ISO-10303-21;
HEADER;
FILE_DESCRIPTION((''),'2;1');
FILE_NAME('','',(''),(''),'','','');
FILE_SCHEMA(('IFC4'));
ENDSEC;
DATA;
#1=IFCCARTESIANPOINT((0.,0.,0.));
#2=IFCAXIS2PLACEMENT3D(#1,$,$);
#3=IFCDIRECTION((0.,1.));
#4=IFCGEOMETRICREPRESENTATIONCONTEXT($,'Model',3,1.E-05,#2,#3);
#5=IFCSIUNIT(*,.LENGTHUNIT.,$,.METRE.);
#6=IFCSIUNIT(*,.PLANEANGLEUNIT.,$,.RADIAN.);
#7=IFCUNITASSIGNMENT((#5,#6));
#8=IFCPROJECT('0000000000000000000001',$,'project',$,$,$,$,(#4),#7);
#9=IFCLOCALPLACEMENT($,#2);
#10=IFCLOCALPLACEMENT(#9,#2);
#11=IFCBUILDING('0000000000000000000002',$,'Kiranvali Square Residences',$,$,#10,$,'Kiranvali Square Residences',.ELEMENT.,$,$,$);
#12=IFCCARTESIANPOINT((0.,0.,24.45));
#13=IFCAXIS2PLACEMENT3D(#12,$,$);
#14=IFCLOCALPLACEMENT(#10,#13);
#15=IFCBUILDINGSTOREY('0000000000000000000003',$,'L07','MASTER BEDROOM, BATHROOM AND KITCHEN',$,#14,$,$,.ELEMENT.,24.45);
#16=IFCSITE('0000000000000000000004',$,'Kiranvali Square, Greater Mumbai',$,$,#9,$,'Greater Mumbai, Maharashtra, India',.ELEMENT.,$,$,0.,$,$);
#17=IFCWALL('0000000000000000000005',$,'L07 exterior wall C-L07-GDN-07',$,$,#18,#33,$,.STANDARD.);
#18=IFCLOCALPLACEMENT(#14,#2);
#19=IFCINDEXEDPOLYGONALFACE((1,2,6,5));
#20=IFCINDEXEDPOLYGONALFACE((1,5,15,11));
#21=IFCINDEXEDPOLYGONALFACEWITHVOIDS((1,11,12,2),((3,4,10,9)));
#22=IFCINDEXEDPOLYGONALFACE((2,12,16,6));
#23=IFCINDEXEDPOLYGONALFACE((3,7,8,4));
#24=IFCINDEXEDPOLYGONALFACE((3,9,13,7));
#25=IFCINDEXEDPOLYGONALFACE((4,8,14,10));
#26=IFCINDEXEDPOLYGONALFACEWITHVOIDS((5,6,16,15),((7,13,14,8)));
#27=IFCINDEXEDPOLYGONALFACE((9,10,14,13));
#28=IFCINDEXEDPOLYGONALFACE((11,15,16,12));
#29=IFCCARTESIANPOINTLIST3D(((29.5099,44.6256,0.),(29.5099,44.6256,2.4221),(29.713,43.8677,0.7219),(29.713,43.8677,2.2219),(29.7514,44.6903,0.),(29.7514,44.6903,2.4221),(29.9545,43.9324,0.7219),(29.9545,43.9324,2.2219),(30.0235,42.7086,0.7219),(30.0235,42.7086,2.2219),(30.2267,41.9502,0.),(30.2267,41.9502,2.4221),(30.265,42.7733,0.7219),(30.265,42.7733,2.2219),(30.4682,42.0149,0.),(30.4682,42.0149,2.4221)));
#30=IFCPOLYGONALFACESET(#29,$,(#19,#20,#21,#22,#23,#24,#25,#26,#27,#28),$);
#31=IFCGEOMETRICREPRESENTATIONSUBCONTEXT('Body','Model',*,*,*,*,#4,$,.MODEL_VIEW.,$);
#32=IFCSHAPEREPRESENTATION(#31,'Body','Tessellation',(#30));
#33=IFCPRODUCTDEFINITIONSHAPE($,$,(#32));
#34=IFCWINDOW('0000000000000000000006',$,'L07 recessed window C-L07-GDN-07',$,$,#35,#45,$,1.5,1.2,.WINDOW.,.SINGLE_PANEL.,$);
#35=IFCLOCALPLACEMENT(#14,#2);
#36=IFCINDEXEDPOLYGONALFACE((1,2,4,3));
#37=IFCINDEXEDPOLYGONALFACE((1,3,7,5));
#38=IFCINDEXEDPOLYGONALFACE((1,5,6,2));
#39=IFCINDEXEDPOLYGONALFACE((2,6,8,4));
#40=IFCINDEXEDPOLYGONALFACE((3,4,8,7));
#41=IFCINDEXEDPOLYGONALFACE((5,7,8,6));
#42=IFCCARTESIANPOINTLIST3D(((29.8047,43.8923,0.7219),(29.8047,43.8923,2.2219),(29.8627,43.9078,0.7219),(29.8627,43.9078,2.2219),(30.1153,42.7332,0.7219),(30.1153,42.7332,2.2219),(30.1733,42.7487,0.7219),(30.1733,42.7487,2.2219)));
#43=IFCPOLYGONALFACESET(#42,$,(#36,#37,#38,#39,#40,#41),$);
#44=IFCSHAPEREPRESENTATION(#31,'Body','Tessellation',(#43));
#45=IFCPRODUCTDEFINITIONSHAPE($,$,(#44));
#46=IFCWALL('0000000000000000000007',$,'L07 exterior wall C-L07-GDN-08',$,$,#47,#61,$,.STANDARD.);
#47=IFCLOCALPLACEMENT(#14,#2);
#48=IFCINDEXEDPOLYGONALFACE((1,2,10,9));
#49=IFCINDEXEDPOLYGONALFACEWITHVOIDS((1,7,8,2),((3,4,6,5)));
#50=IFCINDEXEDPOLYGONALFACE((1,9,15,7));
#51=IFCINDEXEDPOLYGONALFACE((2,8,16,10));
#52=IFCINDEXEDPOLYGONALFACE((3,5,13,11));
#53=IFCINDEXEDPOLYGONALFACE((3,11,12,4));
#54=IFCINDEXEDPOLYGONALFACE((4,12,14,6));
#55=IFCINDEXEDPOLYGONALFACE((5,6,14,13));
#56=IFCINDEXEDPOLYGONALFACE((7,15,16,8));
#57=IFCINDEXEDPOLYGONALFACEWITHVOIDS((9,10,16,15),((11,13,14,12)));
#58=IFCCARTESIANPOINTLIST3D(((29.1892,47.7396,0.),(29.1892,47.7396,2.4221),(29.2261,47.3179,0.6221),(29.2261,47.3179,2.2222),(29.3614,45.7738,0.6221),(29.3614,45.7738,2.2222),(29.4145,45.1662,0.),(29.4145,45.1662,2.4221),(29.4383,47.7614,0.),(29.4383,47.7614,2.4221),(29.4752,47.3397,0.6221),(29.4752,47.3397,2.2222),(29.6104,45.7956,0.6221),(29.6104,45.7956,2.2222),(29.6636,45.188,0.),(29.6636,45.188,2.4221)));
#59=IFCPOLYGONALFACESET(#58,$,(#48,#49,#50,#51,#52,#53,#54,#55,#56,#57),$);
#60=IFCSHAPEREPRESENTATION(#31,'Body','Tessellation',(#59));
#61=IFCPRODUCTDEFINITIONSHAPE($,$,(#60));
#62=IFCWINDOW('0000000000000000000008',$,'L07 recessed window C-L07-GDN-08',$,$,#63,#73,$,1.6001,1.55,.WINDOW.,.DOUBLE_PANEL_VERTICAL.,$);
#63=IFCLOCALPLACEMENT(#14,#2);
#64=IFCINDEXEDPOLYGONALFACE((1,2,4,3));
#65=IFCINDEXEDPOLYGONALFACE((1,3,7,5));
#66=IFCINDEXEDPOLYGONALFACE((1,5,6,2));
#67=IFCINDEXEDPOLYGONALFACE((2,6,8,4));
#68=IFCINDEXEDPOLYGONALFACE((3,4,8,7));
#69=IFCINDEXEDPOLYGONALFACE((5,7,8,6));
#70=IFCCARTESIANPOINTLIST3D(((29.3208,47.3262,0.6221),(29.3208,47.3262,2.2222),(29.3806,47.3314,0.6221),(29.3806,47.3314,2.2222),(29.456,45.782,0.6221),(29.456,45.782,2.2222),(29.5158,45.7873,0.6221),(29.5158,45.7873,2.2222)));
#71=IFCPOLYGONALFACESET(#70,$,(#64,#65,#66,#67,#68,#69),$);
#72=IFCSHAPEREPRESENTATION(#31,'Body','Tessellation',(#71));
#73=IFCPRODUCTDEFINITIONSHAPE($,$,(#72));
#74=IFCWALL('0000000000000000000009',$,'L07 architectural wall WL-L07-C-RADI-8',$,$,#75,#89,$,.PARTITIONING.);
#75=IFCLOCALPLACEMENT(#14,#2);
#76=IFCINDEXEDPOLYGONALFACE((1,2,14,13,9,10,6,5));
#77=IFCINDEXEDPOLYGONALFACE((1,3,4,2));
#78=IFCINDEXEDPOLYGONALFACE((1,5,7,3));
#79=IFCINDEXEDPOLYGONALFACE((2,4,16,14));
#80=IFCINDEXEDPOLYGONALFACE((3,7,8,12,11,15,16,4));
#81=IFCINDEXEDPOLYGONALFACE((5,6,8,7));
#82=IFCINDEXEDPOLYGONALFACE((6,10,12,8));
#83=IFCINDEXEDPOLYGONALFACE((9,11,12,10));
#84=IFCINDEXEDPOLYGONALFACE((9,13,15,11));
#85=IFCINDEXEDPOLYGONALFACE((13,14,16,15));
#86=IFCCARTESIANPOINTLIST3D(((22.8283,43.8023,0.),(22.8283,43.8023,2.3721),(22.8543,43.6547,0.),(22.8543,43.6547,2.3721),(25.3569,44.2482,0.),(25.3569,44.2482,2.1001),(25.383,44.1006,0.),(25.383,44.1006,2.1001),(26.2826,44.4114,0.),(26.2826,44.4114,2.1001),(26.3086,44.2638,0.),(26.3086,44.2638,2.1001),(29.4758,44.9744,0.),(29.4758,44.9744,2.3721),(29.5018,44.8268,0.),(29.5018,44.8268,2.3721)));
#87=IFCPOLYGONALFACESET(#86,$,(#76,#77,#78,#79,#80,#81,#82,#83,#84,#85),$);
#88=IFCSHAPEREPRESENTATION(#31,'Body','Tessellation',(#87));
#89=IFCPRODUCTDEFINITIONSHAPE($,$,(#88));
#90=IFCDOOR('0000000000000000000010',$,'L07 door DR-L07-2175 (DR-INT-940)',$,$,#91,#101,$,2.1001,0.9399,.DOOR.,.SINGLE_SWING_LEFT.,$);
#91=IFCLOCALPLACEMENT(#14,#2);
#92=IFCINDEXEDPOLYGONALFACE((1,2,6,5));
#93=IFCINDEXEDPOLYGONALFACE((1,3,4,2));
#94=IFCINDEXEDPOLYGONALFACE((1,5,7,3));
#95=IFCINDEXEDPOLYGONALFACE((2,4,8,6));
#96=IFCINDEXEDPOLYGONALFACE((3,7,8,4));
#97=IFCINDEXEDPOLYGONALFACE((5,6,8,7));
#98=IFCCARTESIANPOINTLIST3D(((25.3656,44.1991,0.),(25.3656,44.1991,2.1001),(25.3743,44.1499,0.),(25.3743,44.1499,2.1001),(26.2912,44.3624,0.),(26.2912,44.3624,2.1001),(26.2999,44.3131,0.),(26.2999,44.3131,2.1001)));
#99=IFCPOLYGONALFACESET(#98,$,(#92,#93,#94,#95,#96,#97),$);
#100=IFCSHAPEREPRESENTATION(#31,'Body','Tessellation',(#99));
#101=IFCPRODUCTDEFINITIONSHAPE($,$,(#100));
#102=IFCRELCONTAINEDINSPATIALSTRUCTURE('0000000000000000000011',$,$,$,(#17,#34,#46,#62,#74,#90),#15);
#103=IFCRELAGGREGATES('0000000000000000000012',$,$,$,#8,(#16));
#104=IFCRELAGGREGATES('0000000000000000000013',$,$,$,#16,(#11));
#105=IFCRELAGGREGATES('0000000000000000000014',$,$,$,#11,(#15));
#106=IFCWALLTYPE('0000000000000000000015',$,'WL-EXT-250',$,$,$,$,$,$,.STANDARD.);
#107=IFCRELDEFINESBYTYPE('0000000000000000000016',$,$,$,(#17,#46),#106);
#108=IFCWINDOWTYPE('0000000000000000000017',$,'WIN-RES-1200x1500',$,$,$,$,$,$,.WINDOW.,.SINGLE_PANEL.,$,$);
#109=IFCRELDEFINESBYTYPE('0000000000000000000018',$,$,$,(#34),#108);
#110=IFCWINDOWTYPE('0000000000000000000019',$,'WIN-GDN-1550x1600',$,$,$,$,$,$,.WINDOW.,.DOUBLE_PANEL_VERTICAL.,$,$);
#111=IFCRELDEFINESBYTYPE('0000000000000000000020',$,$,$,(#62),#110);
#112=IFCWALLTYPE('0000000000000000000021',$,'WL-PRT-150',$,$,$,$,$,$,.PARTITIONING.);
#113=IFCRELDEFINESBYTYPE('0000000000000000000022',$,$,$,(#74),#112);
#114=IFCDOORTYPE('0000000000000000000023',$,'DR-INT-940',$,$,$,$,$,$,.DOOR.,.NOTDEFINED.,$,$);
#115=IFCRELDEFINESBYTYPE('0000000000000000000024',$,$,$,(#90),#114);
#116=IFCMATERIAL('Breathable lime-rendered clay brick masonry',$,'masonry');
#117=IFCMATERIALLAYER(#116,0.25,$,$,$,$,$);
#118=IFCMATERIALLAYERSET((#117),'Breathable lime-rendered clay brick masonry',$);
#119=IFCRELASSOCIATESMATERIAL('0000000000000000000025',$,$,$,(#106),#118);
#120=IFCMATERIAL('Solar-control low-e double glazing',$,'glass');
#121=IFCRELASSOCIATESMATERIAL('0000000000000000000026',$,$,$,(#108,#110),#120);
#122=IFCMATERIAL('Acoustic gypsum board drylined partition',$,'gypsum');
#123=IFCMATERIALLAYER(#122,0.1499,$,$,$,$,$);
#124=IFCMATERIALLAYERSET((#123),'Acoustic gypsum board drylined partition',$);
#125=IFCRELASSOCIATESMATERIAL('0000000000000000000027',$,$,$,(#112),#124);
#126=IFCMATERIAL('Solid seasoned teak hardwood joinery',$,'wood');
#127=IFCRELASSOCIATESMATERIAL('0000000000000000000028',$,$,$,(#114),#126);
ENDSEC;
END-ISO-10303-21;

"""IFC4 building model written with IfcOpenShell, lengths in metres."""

from ifc_helpers import new_model, si_unit, direction, frame, frame_2d, origin, place, context, subcontext, project, spatial, rectangle, extrude, material, layer, layer_set, type_object, element, fill, save


model = new_model("IFC4")

# Units and contexts
model_context = context("Model", 3, precision=1e-05, world=origin(), true_north=direction((0.0, 1.0)))
body_context = subcontext(model_context, "Body", "Model", "MODEL_VIEW")
ifc_project = project(units=[si_unit("LENGTHUNIT", "METRE"), si_unit("PLANEANGLEUNIT", "RADIAN")], contexts=[model_context])

# Site, building, storey
site_placement = place(None, origin())
site = spatial("IfcSite", under=ifc_project, at=site_placement, Name="Kiranvali Square, Greater Mumbai", LongName="Greater Mumbai, Maharashtra, India", CompositionType="ELEMENT", RefElevation=0.0)
building_placement = place(site_placement, origin())
building = spatial("IfcBuilding", under=site, at=building_placement, Name="Kiranvali Square Residences", LongName="Kiranvali Square Residences", CompositionType="ELEMENT")
storey_placement = place(building_placement, frame((0.0, 0.0, 24.45)))
storey = spatial("IfcBuildingStorey", under=building, at=storey_placement, Name="L07", Description="MASTER BEDROOM, BATHROOM AND KITCHEN", CompositionType="ELEMENT", Elevation=24.45)

# Walls, openings, windows
ifc_material_1 = material(Name="Breathable lime-rendered clay brick masonry", Category="masonry")
ifc_layer_1 = layer(ifc_material_1, 0.25)
ifc_layer_set_1 = layer_set([ifc_layer_1], Name="Breathable lime-rendered clay brick masonry")
wall_type_1 = type_object("IfcWallType", Name="WL-EXT-250", PredefinedType="STANDARD", material=ifc_layer_set_1)
wall_1_placement = place(storey_placement, frame((30.3474, 41.9827, 0.0), z_axis=(0.0, 0.0, 1.0), x_axis=(-0.258782, 0.965936, 0.0)))
wall_1 = element("IfcWall", 1, at=wall_1_placement, inside=storey, type_object=wall_type_1, Name="L07 exterior wall C-L07-GDN-07", PredefinedType="STANDARD", context=body_context, shape_type="SweptSolid", body=[
    extrude(rectangle(XDim=2.7698, YDim=0.25, at=frame_2d((1.3848, 0.0))), origin(), (0.0, 0.0, 1.0), 2.4221),
])
opening_1_placement = place(wall_1_placement, frame((0.7849, 0.0, 0.7219)))
opening_1 = element("IfcOpeningElement", 2, at=opening_1_placement, cuts=wall_1, PredefinedType="OPENING", context=body_context, shape_type="SweptSolid", body=[
    extrude(rectangle(XDim=1.2, YDim=1.5, at=frame_2d((0.6001, 0.75))), frame((0.0, 0.135, 0.0), z_axis=(0.0, -1.0, 0.0), x_axis=(1.0, 0.0, 0.0)), (0.0, 0.0, 1.0), 0.27),
])
ifc_material_2 = material(Name="Solar-control low-e double glazing", Category="glass")
window_type_1 = type_object("IfcWindowType", Name="WIN-RES-1200x1500", PartitioningType="SINGLE_PANEL", PredefinedType="WINDOW", material=ifc_material_2)
window_1_placement = place(opening_1_placement, origin())
window_1 = element("IfcWindow", 3, at=window_1_placement, inside=storey, type_object=window_type_1, Name="L07 recessed window C-L07-GDN-07", OverallHeight=1.5, OverallWidth=1.2, PartitioningType="SINGLE_PANEL", PredefinedType="WINDOW", context=body_context, shape_type="SweptSolid", body=[
    extrude(rectangle(XDim=1.2, YDim=1.5, at=frame_2d((0.6001, 0.75))), frame((0.0, 0.03, 0.0), z_axis=(0.0, -1.0, 0.0), x_axis=(1.0, 0.0, 0.0)), (0.0, 0.0, 1.0), 0.0601),
])
fill(opening_1, window_1)
wall_2_placement = place(storey_placement, frame((29.5391, 45.1772, 0.0), z_axis=(0.0, 0.0, 1.0), x_axis=(-0.087229, 0.996188, 0.0)))
wall_2 = element("IfcWall", 4, at=wall_2_placement, inside=storey, type_object=wall_type_1, Name="L07 exterior wall C-L07-GDN-08", PredefinedType="STANDARD", context=body_context, shape_type="SweptSolid", body=[
    extrude(rectangle(XDim=2.5833, YDim=0.25, at=frame_2d((1.2915, 0.0))), origin(), (0.0, 0.0, 1.0), 2.4221),
])
opening_2_placement = place(wall_2_placement, frame((0.6099, 0.0, 0.6221)))
opening_2 = element("IfcOpeningElement", 5, at=opening_2_placement, cuts=wall_2, PredefinedType="OPENING", context=body_context, shape_type="SweptSolid", body=[
    extrude(rectangle(XDim=1.55, YDim=1.6001, at=frame_2d((0.7749, 0.8))), frame((0.0, 0.135, 0.0), z_axis=(0.0, -1.0, 0.0), x_axis=(1.0, 0.0, 0.0)), (0.0, 0.0, 1.0), 0.27),
])
window_type_2 = type_object("IfcWindowType", Name="WIN-GDN-1550x1600", PartitioningType="DOUBLE_PANEL_VERTICAL", PredefinedType="WINDOW", material=ifc_material_2)
window_2_placement = place(opening_2_placement, origin())
window_2 = element("IfcWindow", 6, at=window_2_placement, inside=storey, type_object=window_type_2, Name="L07 recessed window C-L07-GDN-08", OverallHeight=1.6001, OverallWidth=1.55, PartitioningType="DOUBLE_PANEL_VERTICAL", PredefinedType="WINDOW", context=body_context, shape_type="SweptSolid", body=[
    extrude(rectangle(XDim=1.55, YDim=1.6001, at=frame_2d((0.7749, 0.8))), frame((0.0, 0.03, 0.0), z_axis=(0.0, -1.0, 0.0), x_axis=(1.0, 0.0, 0.0)), (0.0, 0.0, 1.0), 0.0601),
])
fill(opening_2, window_2)

# Wall, opening, door
ifc_material_3 = material(Name="Acoustic gypsum board drylined partition", Category="gypsum")
ifc_layer_2 = layer(ifc_material_3, 0.1499)
ifc_layer_set_2 = layer_set([ifc_layer_2], Name="Acoustic gypsum board drylined partition")
wall_type_2 = type_object("IfcWallType", Name="WL-PRT-150", PredefinedType="PARTITIONING", material=ifc_layer_set_2)
wall_3_placement = place(storey_placement, frame((29.4888, 44.9006, 0.0), z_axis=(0.0, 0.0, 1.0), x_axis=(-0.984808, -0.173647, 0.0)))
wall_3 = element("IfcWall", 7, at=wall_3_placement, inside=storey, type_object=wall_type_2, Name="L07 architectural wall WL-L07-C-RADI-8", PredefinedType="PARTITIONING", context=body_context, shape_type="SweptSolid", body=[
    extrude(rectangle(XDim=6.75, YDim=0.1499, at=frame_2d((3.375, 0.0))), origin(), (0.0, 0.0, 1.0), 2.3721),
])
opening_3_placement = place(wall_3_placement, frame((3.2424, 0.0, 0.0)))
opening_3 = element("IfcOpeningElement", 8, at=opening_3_placement, cuts=wall_3, PredefinedType="OPENING", context=body_context, shape_type="SweptSolid", body=[
    extrude(rectangle(XDim=0.9399, YDim=2.1001, at=frame_2d((0.47, 1.05))), frame((0.0, 0.085, 0.0), z_axis=(0.0, -1.0, 0.0), x_axis=(1.0, 0.0, 0.0)), (0.0, 0.0, 1.0), 0.1699),
])
ifc_material_4 = material(Name="Solid seasoned teak hardwood joinery", Category="wood")
door_type_1 = type_object("IfcDoorType", Name="DR-INT-940", OperationType="NOTDEFINED", PredefinedType="DOOR", material=ifc_material_4)
door_1_placement = place(opening_3_placement, origin())
door_1 = element("IfcDoor", 9, at=door_1_placement, inside=storey, type_object=door_type_1, Name="L07 door DR-L07-2175 (DR-INT-940)", OperationType="SINGLE_SWING_LEFT", OverallHeight=2.1001, OverallWidth=0.9399, PredefinedType="DOOR", context=body_context, shape_type="SweptSolid", body=[
    extrude(rectangle(XDim=0.9399, YDim=2.1001, at=frame_2d((0.47, 1.05))), frame((0.0, 0.0249, 0.0), z_axis=(0.0, -1.0, 0.0), x_axis=(1.0, 0.0, 0.0)), (0.0, 0.0, 1.0), 0.05),
])
fill(opening_3, door_1)

save(model, "model.ifc")
